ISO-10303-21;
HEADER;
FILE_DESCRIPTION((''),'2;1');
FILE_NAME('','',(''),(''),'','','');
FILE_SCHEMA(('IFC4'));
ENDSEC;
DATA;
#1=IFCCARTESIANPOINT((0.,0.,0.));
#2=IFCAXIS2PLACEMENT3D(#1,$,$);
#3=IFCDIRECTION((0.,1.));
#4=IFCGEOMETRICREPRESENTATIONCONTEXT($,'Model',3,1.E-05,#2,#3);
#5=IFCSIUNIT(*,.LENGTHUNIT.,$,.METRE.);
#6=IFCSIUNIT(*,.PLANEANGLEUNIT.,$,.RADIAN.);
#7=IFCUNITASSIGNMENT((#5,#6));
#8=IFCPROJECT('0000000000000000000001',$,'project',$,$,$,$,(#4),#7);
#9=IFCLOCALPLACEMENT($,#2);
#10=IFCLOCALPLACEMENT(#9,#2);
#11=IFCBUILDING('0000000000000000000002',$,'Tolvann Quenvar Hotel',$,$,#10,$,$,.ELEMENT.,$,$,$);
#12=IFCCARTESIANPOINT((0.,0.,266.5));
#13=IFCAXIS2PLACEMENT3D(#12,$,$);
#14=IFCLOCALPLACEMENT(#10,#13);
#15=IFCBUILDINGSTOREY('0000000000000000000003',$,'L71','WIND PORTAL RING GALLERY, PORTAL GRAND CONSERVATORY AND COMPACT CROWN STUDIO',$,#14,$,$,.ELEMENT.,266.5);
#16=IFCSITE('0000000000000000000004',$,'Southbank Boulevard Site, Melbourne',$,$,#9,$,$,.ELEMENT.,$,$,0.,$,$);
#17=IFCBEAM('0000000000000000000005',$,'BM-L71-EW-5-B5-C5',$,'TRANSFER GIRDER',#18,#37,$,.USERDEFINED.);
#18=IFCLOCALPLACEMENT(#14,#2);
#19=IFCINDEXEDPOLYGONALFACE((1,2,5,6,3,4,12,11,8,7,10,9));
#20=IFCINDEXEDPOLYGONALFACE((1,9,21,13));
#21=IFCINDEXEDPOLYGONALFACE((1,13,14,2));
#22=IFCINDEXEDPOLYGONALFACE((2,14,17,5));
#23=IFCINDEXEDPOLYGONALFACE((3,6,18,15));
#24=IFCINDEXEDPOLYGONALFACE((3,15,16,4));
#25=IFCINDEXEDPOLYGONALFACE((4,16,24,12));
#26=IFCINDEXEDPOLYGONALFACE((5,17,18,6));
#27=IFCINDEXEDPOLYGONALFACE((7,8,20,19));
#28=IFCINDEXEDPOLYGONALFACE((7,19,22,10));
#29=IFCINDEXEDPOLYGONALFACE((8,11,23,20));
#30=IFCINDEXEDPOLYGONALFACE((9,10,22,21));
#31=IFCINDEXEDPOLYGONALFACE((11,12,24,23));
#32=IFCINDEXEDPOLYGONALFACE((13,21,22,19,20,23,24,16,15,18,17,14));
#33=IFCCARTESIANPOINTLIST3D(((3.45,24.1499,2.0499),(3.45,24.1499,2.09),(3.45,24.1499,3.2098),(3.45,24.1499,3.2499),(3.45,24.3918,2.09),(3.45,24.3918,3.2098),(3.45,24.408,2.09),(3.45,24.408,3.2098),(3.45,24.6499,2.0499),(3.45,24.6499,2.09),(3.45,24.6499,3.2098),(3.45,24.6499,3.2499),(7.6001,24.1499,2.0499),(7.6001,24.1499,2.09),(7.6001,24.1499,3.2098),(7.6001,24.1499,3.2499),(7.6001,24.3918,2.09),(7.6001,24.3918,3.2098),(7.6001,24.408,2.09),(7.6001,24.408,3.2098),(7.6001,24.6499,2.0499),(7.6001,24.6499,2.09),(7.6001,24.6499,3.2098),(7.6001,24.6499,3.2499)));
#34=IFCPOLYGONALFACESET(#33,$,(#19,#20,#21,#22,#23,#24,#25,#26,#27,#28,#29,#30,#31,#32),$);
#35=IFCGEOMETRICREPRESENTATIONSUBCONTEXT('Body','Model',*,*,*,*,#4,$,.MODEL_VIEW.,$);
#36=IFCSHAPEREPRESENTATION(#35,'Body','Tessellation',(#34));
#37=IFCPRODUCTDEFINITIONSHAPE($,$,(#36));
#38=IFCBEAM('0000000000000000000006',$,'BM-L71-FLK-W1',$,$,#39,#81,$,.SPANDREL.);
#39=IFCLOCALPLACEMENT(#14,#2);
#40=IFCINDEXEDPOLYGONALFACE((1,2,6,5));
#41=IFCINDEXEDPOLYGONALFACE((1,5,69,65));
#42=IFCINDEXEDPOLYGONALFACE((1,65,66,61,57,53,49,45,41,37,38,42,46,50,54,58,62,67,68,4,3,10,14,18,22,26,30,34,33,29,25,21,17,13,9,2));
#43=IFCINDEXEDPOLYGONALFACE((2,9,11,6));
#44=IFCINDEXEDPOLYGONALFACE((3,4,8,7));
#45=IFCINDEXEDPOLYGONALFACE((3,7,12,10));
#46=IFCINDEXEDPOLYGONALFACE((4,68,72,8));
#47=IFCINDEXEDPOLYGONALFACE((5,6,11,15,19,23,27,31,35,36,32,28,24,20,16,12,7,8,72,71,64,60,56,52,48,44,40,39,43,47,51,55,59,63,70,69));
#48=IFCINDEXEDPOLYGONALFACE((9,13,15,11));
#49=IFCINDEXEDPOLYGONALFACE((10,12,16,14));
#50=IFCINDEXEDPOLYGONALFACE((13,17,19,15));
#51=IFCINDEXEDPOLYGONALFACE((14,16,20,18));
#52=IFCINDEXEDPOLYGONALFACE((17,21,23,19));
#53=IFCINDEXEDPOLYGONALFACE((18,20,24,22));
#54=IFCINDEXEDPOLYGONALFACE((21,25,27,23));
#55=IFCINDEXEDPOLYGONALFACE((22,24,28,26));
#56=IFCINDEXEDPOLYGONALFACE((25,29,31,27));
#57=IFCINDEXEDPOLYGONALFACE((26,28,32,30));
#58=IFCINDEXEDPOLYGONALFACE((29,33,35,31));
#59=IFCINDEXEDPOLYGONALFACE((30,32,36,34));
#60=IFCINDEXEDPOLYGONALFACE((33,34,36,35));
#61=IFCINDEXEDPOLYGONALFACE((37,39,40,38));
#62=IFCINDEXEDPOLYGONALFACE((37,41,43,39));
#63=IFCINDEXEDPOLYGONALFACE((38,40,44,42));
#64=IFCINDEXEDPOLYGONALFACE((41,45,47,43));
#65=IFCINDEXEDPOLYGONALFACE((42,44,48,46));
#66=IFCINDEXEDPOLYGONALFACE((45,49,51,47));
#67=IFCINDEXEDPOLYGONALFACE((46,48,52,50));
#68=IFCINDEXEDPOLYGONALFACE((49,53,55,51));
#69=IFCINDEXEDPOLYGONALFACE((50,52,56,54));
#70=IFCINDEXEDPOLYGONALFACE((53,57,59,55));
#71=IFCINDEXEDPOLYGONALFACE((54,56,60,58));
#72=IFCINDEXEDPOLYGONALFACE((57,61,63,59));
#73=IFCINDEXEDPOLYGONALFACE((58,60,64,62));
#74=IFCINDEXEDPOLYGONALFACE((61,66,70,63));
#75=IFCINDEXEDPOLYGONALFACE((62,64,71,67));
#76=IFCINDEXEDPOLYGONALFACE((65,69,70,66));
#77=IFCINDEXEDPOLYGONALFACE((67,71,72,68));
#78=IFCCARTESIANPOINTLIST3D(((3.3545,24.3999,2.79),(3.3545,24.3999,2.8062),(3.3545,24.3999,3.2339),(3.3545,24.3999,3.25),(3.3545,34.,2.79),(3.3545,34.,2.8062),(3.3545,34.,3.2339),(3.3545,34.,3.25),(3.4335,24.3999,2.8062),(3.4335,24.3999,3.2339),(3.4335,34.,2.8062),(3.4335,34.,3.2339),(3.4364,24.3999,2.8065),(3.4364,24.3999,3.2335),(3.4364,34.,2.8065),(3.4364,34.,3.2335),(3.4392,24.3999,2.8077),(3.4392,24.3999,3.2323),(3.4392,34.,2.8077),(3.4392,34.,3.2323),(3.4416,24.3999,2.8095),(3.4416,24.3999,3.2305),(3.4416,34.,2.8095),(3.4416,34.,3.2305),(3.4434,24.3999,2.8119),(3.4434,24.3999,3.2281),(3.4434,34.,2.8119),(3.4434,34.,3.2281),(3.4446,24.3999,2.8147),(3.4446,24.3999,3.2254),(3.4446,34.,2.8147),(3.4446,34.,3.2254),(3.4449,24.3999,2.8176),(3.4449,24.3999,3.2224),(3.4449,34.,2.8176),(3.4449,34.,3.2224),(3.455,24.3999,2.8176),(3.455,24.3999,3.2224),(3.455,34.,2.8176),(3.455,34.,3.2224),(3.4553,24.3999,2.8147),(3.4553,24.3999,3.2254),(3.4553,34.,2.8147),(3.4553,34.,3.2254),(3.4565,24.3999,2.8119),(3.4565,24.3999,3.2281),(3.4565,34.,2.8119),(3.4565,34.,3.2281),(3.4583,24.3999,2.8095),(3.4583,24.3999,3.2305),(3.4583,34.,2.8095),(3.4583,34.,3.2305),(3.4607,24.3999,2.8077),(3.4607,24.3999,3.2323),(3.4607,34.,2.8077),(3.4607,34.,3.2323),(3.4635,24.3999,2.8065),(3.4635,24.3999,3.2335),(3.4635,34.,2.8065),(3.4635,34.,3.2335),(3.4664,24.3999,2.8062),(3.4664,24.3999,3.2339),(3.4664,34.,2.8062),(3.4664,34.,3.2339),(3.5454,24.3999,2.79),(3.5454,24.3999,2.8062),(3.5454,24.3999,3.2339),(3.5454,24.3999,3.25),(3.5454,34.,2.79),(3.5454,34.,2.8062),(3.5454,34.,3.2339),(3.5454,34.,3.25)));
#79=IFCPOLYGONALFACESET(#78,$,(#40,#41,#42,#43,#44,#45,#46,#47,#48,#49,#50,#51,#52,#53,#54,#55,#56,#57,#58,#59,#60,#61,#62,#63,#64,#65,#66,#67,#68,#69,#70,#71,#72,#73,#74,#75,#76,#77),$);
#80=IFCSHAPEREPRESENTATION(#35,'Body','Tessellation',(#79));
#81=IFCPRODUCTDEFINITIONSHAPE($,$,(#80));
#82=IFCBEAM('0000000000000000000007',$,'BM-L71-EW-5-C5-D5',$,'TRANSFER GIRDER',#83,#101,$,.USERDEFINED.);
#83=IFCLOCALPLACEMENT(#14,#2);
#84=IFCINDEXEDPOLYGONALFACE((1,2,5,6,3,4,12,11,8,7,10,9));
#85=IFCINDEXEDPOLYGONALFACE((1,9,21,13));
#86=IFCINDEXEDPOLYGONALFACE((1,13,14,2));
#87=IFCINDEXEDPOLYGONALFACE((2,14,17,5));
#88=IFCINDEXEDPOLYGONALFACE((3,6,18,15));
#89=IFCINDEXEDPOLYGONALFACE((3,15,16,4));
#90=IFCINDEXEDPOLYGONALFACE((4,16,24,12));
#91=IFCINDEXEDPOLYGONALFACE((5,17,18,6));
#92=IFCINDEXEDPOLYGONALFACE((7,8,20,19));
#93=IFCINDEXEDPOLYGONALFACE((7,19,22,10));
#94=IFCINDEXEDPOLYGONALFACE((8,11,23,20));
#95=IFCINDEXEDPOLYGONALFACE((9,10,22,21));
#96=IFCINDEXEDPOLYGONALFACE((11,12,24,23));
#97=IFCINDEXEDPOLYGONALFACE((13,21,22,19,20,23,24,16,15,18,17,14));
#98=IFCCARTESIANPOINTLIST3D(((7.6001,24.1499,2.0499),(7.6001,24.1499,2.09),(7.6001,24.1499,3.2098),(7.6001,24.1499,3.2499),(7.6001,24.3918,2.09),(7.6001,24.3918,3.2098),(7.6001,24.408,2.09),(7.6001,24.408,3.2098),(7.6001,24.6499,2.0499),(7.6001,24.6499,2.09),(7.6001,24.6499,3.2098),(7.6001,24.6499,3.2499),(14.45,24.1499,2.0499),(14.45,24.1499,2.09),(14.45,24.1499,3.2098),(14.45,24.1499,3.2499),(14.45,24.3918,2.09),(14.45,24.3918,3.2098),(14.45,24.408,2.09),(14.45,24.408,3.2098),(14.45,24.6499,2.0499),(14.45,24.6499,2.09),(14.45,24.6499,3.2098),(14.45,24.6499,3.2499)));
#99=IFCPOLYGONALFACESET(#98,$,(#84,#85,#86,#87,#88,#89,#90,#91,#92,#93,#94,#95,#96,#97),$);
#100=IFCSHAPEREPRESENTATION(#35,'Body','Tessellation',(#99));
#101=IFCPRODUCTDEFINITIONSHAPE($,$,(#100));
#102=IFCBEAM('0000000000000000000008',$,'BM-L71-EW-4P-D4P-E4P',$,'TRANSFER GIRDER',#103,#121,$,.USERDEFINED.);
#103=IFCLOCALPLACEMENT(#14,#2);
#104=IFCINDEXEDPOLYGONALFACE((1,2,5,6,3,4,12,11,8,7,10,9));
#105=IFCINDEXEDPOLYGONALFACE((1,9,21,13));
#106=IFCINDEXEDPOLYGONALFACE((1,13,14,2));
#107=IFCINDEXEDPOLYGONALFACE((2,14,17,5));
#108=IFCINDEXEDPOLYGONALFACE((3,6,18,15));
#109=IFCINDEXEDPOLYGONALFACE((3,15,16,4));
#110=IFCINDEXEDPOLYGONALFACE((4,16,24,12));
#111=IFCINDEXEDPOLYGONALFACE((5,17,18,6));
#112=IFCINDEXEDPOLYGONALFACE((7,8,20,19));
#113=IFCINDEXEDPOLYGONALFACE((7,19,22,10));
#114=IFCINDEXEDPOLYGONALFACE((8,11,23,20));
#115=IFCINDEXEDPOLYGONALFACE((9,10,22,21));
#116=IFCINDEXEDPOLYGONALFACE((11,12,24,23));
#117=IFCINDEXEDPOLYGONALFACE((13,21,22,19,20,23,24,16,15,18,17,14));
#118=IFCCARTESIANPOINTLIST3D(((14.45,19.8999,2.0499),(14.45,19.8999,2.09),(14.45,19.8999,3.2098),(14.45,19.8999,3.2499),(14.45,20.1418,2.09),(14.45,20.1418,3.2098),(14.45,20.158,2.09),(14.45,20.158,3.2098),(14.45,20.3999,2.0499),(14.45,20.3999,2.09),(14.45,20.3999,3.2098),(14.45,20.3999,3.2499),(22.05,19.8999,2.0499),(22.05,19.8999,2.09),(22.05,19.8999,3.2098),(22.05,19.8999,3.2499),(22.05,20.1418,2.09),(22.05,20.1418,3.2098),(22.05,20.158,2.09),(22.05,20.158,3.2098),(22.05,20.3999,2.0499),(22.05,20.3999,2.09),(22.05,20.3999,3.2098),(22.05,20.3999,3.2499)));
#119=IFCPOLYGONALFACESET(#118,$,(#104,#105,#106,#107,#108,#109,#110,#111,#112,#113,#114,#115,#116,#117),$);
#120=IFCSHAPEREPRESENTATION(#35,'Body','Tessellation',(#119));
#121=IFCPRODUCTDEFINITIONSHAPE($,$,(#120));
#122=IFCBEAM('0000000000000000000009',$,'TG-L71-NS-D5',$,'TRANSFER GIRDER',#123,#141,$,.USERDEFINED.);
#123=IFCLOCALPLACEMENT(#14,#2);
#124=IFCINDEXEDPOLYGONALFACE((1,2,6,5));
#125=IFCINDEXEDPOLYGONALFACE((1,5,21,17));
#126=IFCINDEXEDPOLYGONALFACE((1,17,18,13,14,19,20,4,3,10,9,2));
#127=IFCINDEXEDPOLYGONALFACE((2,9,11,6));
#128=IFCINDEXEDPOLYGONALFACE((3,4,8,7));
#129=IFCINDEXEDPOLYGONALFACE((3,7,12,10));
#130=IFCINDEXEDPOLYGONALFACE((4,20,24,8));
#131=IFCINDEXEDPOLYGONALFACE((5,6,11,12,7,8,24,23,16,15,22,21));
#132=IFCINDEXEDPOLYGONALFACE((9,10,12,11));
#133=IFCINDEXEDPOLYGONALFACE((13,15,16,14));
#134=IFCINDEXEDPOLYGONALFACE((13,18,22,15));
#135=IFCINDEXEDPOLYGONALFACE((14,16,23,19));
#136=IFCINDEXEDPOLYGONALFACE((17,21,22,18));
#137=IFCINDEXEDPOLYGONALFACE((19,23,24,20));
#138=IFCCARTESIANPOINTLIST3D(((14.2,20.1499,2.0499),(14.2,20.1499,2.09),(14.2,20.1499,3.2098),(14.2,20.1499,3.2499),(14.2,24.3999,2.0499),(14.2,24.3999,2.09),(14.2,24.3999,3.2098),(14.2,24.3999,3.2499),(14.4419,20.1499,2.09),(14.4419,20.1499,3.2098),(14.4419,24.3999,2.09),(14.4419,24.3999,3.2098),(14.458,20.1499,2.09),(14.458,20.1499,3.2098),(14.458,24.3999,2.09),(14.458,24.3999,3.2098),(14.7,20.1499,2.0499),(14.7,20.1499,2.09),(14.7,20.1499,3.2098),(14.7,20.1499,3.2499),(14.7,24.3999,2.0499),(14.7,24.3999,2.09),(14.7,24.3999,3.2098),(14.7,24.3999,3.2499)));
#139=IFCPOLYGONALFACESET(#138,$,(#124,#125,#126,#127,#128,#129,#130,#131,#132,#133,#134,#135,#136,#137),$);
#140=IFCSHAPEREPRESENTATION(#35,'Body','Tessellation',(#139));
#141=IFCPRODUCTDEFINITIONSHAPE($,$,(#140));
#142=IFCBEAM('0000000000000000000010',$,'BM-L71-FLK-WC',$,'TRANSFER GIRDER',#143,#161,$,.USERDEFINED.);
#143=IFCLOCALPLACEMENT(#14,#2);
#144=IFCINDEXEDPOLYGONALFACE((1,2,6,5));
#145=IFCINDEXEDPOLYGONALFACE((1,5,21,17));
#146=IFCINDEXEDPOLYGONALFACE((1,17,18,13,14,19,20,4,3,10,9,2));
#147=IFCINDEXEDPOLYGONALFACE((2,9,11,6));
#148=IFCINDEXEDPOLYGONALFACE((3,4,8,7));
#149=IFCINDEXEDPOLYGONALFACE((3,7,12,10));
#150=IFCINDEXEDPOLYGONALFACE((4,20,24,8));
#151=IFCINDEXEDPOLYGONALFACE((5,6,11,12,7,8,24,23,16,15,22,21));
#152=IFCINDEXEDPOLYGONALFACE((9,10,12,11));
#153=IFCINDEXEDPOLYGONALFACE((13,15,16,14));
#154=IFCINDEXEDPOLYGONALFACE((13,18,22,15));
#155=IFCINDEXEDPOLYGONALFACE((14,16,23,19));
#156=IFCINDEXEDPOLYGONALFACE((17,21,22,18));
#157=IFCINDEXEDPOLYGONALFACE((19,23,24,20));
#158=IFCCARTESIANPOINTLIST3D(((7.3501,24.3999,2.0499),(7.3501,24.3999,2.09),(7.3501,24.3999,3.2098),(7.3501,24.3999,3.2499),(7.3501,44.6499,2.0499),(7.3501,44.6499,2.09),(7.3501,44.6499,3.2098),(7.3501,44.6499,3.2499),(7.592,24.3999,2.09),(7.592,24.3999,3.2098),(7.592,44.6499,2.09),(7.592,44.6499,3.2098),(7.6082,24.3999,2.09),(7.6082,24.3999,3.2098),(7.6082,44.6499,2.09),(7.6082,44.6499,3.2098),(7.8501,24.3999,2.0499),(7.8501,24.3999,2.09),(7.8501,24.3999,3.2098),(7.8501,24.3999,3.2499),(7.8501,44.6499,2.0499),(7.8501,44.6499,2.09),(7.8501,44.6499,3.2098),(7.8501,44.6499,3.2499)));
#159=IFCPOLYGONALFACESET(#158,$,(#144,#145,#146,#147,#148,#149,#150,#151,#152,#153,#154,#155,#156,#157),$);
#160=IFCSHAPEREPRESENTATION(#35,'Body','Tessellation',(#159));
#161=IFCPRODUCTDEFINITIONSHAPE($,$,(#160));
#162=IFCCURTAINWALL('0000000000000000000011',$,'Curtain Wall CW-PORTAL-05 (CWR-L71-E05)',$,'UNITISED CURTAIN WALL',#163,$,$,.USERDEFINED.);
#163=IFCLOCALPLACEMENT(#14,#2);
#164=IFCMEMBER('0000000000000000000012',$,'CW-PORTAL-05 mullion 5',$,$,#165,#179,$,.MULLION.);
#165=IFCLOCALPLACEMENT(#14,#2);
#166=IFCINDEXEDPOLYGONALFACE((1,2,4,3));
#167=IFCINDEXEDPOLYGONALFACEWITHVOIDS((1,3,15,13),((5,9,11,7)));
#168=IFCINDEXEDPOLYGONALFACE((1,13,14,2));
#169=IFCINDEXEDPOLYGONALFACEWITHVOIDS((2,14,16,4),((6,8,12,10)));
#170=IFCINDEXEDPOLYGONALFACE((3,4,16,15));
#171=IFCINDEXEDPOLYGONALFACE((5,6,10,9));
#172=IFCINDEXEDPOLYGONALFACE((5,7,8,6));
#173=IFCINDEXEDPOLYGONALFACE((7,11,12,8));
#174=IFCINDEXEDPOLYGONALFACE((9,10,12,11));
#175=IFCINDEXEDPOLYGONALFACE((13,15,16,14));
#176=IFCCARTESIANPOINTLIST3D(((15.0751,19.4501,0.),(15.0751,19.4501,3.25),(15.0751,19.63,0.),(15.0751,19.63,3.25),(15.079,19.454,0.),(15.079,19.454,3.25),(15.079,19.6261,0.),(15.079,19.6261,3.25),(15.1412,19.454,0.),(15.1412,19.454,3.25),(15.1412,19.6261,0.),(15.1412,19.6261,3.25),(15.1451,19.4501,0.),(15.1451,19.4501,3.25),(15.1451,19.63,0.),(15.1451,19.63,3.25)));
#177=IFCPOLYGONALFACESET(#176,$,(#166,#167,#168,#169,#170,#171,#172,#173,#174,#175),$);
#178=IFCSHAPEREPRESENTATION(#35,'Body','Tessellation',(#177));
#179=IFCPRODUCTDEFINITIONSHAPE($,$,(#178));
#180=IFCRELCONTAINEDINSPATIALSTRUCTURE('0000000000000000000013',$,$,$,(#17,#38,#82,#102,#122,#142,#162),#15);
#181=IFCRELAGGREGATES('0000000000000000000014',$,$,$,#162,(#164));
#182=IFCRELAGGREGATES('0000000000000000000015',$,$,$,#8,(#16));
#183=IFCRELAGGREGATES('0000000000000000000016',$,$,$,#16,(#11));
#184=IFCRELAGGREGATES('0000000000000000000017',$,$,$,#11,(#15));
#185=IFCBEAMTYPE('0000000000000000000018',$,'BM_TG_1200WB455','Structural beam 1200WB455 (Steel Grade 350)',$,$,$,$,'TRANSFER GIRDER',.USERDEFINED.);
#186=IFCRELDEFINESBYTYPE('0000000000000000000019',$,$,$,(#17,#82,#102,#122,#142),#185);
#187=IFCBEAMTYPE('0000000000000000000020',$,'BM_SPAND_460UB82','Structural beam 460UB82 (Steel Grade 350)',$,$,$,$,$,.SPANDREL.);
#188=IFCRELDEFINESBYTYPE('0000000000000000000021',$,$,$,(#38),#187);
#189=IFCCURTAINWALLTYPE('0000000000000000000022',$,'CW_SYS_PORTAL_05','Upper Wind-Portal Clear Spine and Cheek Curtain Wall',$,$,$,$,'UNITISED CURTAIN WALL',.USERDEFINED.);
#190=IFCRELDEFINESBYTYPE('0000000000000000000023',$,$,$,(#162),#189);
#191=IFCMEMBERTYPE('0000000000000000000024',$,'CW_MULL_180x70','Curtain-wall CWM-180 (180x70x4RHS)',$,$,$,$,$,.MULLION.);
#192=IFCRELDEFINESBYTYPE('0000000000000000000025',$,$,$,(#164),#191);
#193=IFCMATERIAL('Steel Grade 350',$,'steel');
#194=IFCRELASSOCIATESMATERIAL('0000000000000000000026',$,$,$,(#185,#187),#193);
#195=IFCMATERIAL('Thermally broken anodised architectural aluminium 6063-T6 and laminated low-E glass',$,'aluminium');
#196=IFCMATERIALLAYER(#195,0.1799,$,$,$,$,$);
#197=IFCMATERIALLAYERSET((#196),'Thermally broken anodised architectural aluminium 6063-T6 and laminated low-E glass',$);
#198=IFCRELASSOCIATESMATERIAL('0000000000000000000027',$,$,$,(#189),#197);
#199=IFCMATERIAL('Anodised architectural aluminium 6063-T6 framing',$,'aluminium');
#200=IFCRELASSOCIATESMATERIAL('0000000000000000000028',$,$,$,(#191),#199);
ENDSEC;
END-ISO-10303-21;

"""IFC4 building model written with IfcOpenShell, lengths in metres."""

from ifc_helpers import new_model, si_unit, direction, frame, origin, origin_2d, place, context, subcontext, project, spatial, hollow_rectangle, i_section, extrude, source, transform, mapped, material, layer, layer_set, material_profile, profile_set, type_object, type_shapes, element, aggregate, save


model = new_model("IFC4")

# Units and contexts
model_context = context("Model", 3, precision=1e-05, world=origin(), true_north=direction((0.0, 1.0)))
body_context = subcontext(model_context, "Body", "Model", "MODEL_VIEW")
ifc_project = project(units=[si_unit("LENGTHUNIT", "METRE"), si_unit("PLANEANGLEUNIT", "RADIAN")], contexts=[model_context])

# Site, building, storey
site_placement = place(None, origin())
site = spatial("IfcSite", under=ifc_project, at=site_placement, Name="Southbank Boulevard Site, Melbourne", CompositionType="ELEMENT", RefElevation=0.0)
building_placement = place(site_placement, origin())
building = spatial("IfcBuilding", under=site, at=building_placement, Name="Tolvann Quenvar Hotel", CompositionType="ELEMENT")
storey_placement = place(building_placement, frame((0.0, 0.0, 266.5)))
storey = spatial("IfcBuildingStorey", under=building, at=storey_placement, Name="L71", Description="WIND PORTAL RING GALLERY, PORTAL GRAND CONSERVATORY AND COMPACT CROWN STUDIO", CompositionType="ELEMENT", Elevation=266.5)

# Shared definitions
ifc_material_1 = material(Name="Steel Grade 350", Category="steel")

# Beams
ifc_material_profile_1 = material_profile(ifc_material_1, i_section(OverallWidth=0.5, OverallDepth=1.2, WebThickness=0.0161, FlangeThickness=0.04, at=origin_2d()), Name="1200WB455")
ifc_profile_set_1 = profile_set([ifc_material_profile_1], Name="Steel Grade 350")
beam_type_1 = type_object("IfcBeamType", Name="BM_TG_1200WB455", Description="Structural beam 1200WB455 (Steel Grade 350)", ElementType="TRANSFER GIRDER", PredefinedType="USERDEFINED", material=ifc_profile_set_1)
shared_shape_1 = source(origin(), body_context, "Body", "SweptSolid", [
    extrude(i_section(OverallWidth=0.5, OverallDepth=1.2, WebThickness=0.0161, FlangeThickness=0.04, at=origin_2d()), origin(), (0.0, 0.0, 1.0), 4.1501),
])
beam_1_placement = place(storey_placement, frame((3.45, 24.3999, 2.6499), z_axis=(1.0, 0.0, 0.0), x_axis=(0.0, 1.0, 0.0)))
element("IfcBeam", 1, at=beam_1_placement, inside=storey, type_object=beam_type_1, Name="BM-L71-EW-5-B5-C5", ObjectType="TRANSFER GIRDER", PredefinedType="USERDEFINED", context=body_context, shape_type="MappedRepresentation", body=[
    mapped(shared_shape_1, transform((0.0, 0.0, 0.0), x_axis=(1.0, 0.0, 0.0), y_axis=(0.0, 1.0, 0.0), z_axis=(0.0, 0.0, 1.0), scale=1.0)),
])
ifc_material_profile_2 = material_profile(ifc_material_1, i_section(OverallWidth=0.1909, OverallDepth=0.46, WebThickness=0.01, FlangeThickness=0.0161, FilletRadius=0.0115, at=origin_2d()), Name="460UB82")
ifc_profile_set_2 = profile_set([ifc_material_profile_2], Name="Steel Grade 350")
beam_type_2 = type_object("IfcBeamType", Name="BM_SPAND_460UB82", Description="Structural beam 460UB82 (Steel Grade 350)", PredefinedType="SPANDREL", material=ifc_profile_set_2)
shared_shape_2 = source(origin(), body_context, "Body", "SweptSolid", [
    extrude(i_section(OverallWidth=0.1909, OverallDepth=0.46, WebThickness=0.01, FlangeThickness=0.0161, FilletRadius=0.0115, at=origin_2d()), origin(), (0.0, 0.0, 1.0), 9.6001),
])
type_shapes(beam_type_2, [shared_shape_2])
beam_2_placement = place(storey_placement, frame((3.45, 24.3999, 3.02), z_axis=(0.0, 1.0, 0.0), x_axis=(-1.0, 0.0, 0.0)))
element("IfcBeam", 2, at=beam_2_placement, inside=storey, type_object=beam_type_2, Name="BM-L71-FLK-W1", PredefinedType="SPANDREL", context=body_context, shape_type="MappedRepresentation", body=[
    mapped(shared_shape_2, transform((0.0, 0.0, 0.0), x_axis=(1.0, 0.0, 0.0), y_axis=(0.0, 1.0, 0.0), z_axis=(0.0, 0.0, 1.0), scale=1.0)),
])
shared_shape_3 = source(origin(), body_context, "Body", "SweptSolid", [
    extrude(i_section(OverallWidth=0.5, OverallDepth=1.2, WebThickness=0.0161, FlangeThickness=0.04, at=origin_2d()), origin(), (0.0, 0.0, 1.0), 6.8499),
])
beam_3_placement = place(storey_placement, frame((7.6001, 24.3999, 2.6499), z_axis=(1.0, 0.0, 0.0), x_axis=(0.0, 1.0, 0.0)))
element("IfcBeam", 3, at=beam_3_placement, inside=storey, type_object=beam_type_1, Name="BM-L71-EW-5-C5-D5", ObjectType="TRANSFER GIRDER", PredefinedType="USERDEFINED", context=body_context, shape_type="MappedRepresentation", body=[
    mapped(shared_shape_3, transform((0.0, 0.0, 0.0), x_axis=(1.0, 0.0, 0.0), y_axis=(0.0, 1.0, 0.0), z_axis=(0.0, 0.0, 1.0), scale=1.0)),
])
shared_shape_4 = source(origin(), body_context, "Body", "SweptSolid", [
    extrude(i_section(OverallWidth=0.5, OverallDepth=1.2, WebThickness=0.0161, FlangeThickness=0.04, at=origin_2d()), origin(), (0.0, 0.0, 1.0), 7.6001),
])
beam_4_placement = place(storey_placement, frame((14.45, 20.1499, 2.6499), z_axis=(1.0, 0.0, 0.0), x_axis=(0.0, 1.0, 0.0)))
element("IfcBeam", 4, at=beam_4_placement, inside=storey, type_object=beam_type_1, Name="BM-L71-EW-4P-D4P-E4P", ObjectType="TRANSFER GIRDER", PredefinedType="USERDEFINED", context=body_context, shape_type="MappedRepresentation", body=[
    mapped(shared_shape_4, transform((0.0, 0.0, 0.0), x_axis=(1.0, 0.0, 0.0), y_axis=(0.0, 1.0, 0.0), z_axis=(0.0, 0.0, 1.0), scale=1.0)),
])
shared_shape_5 = source(origin(), body_context, "Body", "SweptSolid", [
    extrude(i_section(OverallWidth=0.5, OverallDepth=1.2, WebThickness=0.0161, FlangeThickness=0.04, at=origin_2d()), origin(), (0.0, 0.0, 1.0), 4.25),
])
beam_5_placement = place(storey_placement, frame((14.45, 20.1499, 2.6499), z_axis=(0.0, 1.0, 0.0), x_axis=(-1.0, 0.0, 0.0)))
element("IfcBeam", 5, at=beam_5_placement, inside=storey, type_object=beam_type_1, Name="TG-L71-NS-D5", ObjectType="TRANSFER GIRDER", PredefinedType="USERDEFINED", context=body_context, shape_type="MappedRepresentation", body=[
    mapped(shared_shape_5, transform((0.0, 0.0, 0.0), x_axis=(1.0, 0.0, 0.0), y_axis=(0.0, 1.0, 0.0), z_axis=(0.0, 0.0, 1.0), scale=1.0)),
])
shared_shape_6 = source(origin(), body_context, "Body", "SweptSolid", [
    extrude(i_section(OverallWidth=0.5, OverallDepth=1.2, WebThickness=0.0161, FlangeThickness=0.04, at=origin_2d()), origin(), (0.0, 0.0, 1.0), 20.25),
])
type_shapes(beam_type_1, [shared_shape_1, shared_shape_3, shared_shape_4, shared_shape_5, shared_shape_6])
beam_6_placement = place(storey_placement, frame((7.6001, 24.3999, 2.6499), z_axis=(0.0, 1.0, 0.0), x_axis=(-1.0, 0.0, 0.0)))
element("IfcBeam", 6, at=beam_6_placement, inside=storey, type_object=beam_type_1, Name="BM-L71-FLK-WC", ObjectType="TRANSFER GIRDER", PredefinedType="USERDEFINED", context=body_context, shape_type="MappedRepresentation", body=[
    mapped(shared_shape_6, transform((0.0, 0.0, 0.0), x_axis=(1.0, 0.0, 0.0), y_axis=(0.0, 1.0, 0.0), z_axis=(0.0, 0.0, 1.0), scale=1.0)),
])

# Curtain wall, member
ifc_material_2 = material(Name="Thermally broken anodised architectural aluminium 6063-T6 and laminated low-E glass", Category="aluminium")
ifc_layer_1 = layer(ifc_material_2, 0.1799)
ifc_layer_set_1 = layer_set([ifc_layer_1], Name="Thermally broken anodised architectural aluminium 6063-T6 and laminated low-E glass")
curtain_wall_type = type_object("IfcCurtainWallType", Name="CW_SYS_PORTAL_05", Description="Upper Wind-Portal Clear Spine and Cheek Curtain Wall", ElementType="UNITISED CURTAIN WALL", PredefinedType="USERDEFINED", material=ifc_layer_set_1)
curtain_wall_placement = place(storey_placement, origin())
curtain_wall = element("IfcCurtainWall", 7, at=curtain_wall_placement, inside=storey, type_object=curtain_wall_type, Name="Curtain Wall CW-PORTAL-05 (CWR-L71-E05)", ObjectType="UNITISED CURTAIN WALL", PredefinedType="USERDEFINED")
ifc_material_3 = material(Name="Anodised architectural aluminium 6063-T6 framing", Category="aluminium")
ifc_material_profile_3 = material_profile(ifc_material_3, hollow_rectangle(XDim=0.0701, YDim=0.1799, WallThickness=0.0039, at=origin_2d()), Name="180x70x4RHS")
ifc_profile_set_3 = profile_set([ifc_material_profile_3], Name="Anodised architectural aluminium 6063-T6 framing")
member_type = type_object("IfcMemberType", Name="CW_MULL_180x70", Description="Curtain-wall CWM-180 (180x70x4RHS)", PredefinedType="MULLION", material=ifc_profile_set_3)
shared_shape_7 = source(origin(), body_context, "Body", "SweptSolid", [
    extrude(hollow_rectangle(XDim=0.0701, YDim=0.1799, WallThickness=0.0039, at=origin_2d()), origin(), (0.0, 0.0, 1.0), 3.25),
])
type_shapes(member_type, [shared_shape_7])
member_placement = place(storey_placement, frame((15.1101, 19.54, 0.0), z_axis=(0.0, 0.0, 1.0), x_axis=(-1.0, 0.0, 0.0)))
member = element("IfcMember", 8, at=member_placement, type_object=member_type, Name="CW-PORTAL-05 mullion 5", PredefinedType="MULLION", context=body_context, shape_type="MappedRepresentation", body=[
    mapped(shared_shape_7, transform((0.0, 0.0, 0.0), x_axis=(1.0, 0.0, 0.0), y_axis=(0.0, 1.0, 0.0), z_axis=(0.0, 0.0, 1.0), scale=1.0)),
])
aggregate(curtain_wall, [member])

save(model, "model.ifc")
